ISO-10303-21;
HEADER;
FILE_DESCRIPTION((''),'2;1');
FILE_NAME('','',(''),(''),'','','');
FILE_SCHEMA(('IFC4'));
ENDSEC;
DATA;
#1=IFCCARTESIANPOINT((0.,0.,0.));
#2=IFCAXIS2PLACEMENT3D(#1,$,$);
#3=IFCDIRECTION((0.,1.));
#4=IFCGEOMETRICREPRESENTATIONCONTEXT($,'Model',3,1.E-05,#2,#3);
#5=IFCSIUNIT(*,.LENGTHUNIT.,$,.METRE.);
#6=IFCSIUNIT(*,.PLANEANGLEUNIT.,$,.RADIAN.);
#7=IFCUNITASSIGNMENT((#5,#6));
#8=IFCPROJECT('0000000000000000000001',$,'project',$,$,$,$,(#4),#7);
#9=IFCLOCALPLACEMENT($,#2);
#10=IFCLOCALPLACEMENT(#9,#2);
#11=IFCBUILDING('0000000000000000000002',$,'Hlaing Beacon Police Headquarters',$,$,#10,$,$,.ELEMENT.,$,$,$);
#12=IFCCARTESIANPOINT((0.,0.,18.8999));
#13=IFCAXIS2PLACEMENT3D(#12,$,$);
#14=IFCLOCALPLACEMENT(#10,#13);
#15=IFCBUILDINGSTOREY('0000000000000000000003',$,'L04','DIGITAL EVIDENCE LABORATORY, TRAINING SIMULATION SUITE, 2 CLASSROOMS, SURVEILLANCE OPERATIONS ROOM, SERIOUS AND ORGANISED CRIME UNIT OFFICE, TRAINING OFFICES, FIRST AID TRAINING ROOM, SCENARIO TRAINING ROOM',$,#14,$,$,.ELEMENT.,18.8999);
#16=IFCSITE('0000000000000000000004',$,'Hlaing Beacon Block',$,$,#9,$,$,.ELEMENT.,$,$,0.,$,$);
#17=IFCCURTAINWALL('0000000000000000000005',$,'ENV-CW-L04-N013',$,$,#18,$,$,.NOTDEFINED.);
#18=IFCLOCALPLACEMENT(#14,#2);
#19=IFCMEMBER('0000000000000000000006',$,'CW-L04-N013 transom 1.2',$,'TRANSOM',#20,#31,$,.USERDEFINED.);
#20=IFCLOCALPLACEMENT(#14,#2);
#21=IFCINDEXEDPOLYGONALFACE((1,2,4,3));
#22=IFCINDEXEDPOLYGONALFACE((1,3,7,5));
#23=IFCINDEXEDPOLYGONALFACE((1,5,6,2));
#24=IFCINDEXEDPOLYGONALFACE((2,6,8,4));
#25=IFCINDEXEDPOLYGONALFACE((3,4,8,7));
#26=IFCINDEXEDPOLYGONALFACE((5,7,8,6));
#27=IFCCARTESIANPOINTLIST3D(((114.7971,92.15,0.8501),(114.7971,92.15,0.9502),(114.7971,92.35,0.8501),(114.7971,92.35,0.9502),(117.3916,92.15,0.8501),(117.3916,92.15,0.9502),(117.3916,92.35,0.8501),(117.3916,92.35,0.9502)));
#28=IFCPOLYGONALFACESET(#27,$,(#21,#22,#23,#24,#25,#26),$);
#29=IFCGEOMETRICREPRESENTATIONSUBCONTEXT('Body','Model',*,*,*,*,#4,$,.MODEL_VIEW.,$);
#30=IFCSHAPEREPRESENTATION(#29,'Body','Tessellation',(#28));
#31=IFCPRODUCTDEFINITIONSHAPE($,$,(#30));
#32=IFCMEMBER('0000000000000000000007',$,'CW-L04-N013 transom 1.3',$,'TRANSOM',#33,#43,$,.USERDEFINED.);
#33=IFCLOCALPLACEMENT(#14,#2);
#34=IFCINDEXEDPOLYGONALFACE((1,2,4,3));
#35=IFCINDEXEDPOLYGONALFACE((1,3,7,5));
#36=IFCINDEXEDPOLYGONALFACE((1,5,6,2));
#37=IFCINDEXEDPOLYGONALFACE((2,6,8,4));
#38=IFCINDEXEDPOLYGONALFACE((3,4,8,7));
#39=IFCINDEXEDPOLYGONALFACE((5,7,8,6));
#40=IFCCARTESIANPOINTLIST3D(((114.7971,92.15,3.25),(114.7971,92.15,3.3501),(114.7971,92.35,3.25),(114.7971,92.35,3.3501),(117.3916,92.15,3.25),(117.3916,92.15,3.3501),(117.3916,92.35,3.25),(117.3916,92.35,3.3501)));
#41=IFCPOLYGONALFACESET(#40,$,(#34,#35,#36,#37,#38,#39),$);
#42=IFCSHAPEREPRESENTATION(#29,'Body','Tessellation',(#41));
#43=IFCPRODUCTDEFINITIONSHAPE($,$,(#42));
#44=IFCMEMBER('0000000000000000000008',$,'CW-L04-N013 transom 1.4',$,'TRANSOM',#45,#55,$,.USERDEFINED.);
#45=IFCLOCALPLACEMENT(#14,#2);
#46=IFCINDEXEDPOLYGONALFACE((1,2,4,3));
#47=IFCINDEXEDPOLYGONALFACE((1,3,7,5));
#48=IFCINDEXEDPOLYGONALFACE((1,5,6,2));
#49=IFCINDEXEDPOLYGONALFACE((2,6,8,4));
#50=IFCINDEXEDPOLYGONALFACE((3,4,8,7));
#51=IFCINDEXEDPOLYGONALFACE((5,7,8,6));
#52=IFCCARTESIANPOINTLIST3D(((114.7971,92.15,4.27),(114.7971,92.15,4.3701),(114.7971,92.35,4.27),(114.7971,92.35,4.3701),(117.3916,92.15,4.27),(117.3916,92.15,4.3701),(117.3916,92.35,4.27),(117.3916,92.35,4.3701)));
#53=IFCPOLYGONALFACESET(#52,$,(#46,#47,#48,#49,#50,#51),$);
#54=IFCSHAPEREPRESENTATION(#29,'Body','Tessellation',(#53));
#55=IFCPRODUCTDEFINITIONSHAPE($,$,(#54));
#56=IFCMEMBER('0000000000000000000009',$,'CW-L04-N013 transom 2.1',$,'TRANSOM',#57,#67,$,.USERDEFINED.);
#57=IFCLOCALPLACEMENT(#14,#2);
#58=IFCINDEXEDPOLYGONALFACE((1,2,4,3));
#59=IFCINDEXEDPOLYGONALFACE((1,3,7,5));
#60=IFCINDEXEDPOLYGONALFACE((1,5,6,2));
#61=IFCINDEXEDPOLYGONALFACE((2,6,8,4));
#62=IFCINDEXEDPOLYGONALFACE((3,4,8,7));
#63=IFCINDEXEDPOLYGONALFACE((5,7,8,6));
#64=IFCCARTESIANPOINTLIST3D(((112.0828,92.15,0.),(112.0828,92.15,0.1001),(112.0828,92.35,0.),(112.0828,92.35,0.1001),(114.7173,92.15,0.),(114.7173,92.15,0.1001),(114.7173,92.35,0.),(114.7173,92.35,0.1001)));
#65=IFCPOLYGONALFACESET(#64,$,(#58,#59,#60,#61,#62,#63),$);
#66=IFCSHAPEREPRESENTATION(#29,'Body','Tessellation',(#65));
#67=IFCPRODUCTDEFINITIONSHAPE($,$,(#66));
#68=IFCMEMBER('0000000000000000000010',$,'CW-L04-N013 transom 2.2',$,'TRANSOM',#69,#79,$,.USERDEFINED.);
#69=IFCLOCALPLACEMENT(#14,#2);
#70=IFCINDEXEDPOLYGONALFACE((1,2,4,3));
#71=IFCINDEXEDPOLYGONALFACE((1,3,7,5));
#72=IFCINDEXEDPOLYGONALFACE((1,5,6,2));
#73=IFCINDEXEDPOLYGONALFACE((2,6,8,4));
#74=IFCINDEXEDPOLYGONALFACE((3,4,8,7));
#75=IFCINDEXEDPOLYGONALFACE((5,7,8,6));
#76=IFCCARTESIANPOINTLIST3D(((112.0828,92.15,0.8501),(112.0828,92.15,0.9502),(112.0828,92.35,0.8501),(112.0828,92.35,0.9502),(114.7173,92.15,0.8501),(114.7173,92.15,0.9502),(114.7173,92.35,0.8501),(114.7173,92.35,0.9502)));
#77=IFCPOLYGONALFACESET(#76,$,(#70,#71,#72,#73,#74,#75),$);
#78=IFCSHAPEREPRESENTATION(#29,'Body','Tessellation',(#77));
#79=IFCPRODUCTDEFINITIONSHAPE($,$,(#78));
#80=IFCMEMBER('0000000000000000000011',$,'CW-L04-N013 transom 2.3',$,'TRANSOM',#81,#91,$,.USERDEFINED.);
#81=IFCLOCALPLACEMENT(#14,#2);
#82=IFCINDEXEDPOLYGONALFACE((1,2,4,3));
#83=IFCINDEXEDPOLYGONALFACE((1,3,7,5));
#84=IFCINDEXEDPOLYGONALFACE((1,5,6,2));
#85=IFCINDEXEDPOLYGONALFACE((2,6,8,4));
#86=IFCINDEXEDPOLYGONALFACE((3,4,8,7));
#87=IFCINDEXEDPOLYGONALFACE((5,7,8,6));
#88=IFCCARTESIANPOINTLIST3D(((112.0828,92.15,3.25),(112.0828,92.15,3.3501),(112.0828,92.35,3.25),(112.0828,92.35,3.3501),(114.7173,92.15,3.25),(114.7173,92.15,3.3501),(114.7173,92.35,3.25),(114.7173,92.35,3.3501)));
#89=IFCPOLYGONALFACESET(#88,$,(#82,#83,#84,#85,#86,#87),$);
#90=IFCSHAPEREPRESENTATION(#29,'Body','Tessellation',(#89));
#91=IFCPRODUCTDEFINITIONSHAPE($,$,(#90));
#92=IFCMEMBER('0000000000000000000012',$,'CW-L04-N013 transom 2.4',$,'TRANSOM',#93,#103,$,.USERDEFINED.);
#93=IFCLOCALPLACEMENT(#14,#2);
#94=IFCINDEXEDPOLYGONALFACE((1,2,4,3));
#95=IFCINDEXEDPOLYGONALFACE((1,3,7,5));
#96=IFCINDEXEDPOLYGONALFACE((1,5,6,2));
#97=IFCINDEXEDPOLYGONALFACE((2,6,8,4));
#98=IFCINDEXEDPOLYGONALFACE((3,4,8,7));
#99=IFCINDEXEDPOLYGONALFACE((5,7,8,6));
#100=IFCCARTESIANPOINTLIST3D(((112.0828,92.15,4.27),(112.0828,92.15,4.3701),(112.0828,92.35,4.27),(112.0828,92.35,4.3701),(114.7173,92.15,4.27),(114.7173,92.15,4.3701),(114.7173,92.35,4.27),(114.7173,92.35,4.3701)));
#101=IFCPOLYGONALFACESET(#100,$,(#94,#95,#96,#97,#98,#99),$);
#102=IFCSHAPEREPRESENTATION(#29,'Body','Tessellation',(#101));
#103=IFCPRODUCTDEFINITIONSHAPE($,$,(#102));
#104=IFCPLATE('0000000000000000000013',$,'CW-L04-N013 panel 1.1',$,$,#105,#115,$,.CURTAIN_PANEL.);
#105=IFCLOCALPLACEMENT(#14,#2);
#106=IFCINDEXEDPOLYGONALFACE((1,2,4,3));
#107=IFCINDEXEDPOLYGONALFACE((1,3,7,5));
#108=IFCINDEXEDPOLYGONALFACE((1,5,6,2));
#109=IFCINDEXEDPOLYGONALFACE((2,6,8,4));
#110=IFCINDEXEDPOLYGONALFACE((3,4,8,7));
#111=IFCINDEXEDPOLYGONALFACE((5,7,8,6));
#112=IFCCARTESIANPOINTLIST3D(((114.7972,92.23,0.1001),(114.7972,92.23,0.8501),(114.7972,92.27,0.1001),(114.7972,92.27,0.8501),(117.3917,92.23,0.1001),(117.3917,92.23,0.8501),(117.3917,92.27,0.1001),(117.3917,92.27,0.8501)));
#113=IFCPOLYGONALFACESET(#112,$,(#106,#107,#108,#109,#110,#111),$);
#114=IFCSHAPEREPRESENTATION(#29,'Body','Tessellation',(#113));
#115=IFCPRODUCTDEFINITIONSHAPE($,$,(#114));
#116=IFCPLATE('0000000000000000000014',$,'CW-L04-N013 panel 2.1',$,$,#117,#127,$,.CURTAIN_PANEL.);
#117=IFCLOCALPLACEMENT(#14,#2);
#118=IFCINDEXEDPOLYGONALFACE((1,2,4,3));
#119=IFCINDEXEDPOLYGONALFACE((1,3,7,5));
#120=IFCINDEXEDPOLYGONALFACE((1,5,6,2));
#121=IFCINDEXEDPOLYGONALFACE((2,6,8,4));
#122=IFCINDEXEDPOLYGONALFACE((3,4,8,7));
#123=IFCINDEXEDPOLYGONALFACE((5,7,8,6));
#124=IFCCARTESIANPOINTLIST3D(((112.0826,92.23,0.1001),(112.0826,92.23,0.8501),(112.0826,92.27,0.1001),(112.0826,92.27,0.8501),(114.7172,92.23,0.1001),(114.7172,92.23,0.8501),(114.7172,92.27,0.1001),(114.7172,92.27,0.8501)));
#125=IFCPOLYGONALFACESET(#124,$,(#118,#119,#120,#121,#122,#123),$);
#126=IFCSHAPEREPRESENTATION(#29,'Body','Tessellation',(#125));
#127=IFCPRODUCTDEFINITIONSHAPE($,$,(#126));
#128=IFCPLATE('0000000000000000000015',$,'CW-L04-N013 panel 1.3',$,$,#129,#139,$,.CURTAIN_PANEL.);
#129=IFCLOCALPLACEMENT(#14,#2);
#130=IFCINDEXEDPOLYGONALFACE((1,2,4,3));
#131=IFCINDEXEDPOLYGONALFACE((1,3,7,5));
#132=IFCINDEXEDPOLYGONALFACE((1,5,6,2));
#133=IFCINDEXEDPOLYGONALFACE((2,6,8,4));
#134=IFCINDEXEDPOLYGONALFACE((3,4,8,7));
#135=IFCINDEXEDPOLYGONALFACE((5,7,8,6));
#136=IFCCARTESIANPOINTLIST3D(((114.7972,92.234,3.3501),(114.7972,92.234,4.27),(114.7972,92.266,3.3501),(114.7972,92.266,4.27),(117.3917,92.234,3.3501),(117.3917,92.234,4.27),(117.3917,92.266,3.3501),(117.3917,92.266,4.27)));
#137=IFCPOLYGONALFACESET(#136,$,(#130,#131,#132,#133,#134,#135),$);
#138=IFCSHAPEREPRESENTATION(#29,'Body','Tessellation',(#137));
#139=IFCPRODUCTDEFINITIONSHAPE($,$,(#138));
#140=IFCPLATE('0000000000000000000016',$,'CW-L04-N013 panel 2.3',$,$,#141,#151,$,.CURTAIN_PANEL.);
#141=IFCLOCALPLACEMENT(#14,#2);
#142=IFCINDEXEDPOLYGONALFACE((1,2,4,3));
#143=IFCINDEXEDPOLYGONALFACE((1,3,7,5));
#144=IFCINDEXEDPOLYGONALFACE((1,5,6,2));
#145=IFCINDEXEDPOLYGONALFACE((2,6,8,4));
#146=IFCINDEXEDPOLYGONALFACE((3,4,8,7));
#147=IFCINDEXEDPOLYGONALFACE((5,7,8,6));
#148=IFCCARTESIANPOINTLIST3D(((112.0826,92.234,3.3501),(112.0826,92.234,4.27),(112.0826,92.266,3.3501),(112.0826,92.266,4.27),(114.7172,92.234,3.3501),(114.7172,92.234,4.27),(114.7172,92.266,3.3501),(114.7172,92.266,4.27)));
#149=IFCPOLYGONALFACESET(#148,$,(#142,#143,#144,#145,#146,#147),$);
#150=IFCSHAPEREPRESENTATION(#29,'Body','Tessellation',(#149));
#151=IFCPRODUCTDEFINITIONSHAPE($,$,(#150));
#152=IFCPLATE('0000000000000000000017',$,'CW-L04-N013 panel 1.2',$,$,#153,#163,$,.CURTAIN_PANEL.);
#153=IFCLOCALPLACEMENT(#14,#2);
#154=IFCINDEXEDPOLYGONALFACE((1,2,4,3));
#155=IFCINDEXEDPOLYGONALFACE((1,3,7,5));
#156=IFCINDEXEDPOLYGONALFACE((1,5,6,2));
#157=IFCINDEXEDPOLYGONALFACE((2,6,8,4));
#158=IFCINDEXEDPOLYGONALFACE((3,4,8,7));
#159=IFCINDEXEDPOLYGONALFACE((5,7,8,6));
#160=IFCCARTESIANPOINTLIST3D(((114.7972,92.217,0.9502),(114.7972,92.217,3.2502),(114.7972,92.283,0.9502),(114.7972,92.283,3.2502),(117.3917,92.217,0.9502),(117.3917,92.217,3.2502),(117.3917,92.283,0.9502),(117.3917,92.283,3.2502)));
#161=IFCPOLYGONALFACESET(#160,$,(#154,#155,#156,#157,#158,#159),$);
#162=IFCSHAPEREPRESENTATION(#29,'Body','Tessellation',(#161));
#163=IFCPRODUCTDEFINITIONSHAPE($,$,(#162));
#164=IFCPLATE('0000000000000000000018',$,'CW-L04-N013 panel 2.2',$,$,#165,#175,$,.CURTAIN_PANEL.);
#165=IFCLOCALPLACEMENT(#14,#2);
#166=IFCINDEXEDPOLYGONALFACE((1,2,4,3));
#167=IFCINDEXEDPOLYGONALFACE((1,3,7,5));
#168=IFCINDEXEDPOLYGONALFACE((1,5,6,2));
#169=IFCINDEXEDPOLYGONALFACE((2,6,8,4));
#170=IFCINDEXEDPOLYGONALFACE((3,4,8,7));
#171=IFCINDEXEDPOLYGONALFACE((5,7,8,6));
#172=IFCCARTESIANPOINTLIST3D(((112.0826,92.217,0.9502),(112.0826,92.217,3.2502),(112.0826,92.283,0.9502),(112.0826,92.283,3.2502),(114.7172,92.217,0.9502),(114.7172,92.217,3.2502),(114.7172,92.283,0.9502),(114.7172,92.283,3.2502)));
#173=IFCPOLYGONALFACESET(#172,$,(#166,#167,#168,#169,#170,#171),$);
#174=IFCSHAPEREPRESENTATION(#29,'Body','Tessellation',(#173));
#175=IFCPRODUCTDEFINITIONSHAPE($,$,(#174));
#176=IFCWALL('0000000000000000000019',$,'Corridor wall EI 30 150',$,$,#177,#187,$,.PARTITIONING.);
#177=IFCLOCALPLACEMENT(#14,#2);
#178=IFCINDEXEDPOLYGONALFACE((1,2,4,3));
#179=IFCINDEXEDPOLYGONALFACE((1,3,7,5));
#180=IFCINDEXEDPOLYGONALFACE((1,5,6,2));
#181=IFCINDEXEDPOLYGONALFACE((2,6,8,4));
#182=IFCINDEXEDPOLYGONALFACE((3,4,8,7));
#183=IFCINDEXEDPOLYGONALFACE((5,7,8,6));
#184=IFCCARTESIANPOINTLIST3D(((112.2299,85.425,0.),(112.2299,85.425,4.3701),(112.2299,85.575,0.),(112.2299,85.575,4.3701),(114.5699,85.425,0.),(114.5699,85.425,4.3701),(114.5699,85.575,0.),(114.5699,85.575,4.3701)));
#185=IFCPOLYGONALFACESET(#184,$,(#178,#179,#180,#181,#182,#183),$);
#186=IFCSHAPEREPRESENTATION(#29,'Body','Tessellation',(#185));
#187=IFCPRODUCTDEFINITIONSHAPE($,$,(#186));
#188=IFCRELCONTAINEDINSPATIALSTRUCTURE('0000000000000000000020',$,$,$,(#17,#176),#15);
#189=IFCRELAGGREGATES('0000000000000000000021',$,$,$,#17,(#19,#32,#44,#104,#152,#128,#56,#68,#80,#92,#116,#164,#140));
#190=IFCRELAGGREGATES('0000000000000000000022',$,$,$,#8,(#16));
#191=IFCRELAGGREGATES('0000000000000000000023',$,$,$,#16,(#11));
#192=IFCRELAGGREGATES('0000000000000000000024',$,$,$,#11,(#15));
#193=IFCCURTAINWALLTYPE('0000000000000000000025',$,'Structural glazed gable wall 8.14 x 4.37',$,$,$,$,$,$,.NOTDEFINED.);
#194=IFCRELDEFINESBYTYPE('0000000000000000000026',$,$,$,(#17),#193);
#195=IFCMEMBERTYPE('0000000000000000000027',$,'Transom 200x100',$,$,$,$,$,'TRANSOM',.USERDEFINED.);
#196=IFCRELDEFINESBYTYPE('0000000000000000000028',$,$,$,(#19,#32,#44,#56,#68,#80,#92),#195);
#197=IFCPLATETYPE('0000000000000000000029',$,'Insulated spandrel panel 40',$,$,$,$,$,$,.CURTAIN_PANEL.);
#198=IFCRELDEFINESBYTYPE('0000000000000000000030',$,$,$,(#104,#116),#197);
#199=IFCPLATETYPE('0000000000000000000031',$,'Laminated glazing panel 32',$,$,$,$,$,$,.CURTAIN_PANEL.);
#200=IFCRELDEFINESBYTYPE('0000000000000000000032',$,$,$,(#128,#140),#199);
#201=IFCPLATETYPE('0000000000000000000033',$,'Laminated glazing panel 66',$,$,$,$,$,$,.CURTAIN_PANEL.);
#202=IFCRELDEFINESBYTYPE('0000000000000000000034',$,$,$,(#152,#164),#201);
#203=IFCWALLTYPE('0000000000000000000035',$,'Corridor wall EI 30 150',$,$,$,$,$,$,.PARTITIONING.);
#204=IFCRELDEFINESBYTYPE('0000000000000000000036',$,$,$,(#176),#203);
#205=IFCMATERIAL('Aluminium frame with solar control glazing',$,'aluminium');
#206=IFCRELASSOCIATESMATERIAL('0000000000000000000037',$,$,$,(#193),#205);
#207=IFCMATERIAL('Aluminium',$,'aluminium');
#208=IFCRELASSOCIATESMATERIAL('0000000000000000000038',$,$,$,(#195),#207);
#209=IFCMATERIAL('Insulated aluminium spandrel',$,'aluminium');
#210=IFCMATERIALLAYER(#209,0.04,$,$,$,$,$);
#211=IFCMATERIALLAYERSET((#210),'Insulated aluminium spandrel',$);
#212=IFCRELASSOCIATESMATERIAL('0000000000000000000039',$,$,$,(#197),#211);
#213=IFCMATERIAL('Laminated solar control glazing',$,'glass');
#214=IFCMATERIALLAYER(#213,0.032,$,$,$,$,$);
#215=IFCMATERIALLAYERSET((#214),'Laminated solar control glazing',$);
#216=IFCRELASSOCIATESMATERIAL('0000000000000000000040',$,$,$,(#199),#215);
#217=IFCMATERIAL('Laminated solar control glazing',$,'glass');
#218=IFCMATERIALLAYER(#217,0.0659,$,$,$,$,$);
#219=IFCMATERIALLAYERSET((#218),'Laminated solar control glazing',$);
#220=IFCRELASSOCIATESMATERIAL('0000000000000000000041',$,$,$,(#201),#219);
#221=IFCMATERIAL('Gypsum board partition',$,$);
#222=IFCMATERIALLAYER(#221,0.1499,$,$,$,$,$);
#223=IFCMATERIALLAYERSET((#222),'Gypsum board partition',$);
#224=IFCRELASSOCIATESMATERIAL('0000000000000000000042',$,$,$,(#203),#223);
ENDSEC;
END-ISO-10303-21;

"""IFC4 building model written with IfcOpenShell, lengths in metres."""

from ifc_helpers import new_model, si_unit, direction, frame, frame_2d, origin, origin_2d, place, context, subcontext, project, spatial, rectangle, extrude, material, layer, layer_set, material_profile, profile_set, type_object, element, aggregate, save


model = new_model("IFC4")

# Units and contexts
model_context = context("Model", 3, precision=1e-05, world=origin(), true_north=direction((0.0, 1.0)))
body_context = subcontext(model_context, "Body", "Model", "MODEL_VIEW")
ifc_project = project(units=[si_unit("LENGTHUNIT", "METRE"), si_unit("PLANEANGLEUNIT", "RADIAN")], contexts=[model_context])

# Site, building, storey
site_placement = place(None, origin())
site = spatial("IfcSite", under=ifc_project, at=site_placement, Name="Hlaing Beacon Block", CompositionType="ELEMENT", RefElevation=0.0)
building_placement = place(site_placement, origin())
building = spatial("IfcBuilding", under=site, at=building_placement, Name="Hlaing Beacon Police Headquarters", CompositionType="ELEMENT")
storey_placement = place(building_placement, frame((0.0, 0.0, 18.8999)))
storey = spatial("IfcBuildingStorey", under=building, at=storey_placement, Name="L04", Description="DIGITAL EVIDENCE LABORATORY, TRAINING SIMULATION SUITE, 2 CLASSROOMS, SURVEILLANCE OPERATIONS ROOM, SERIOUS AND ORGANISED CRIME UNIT OFFICE, TRAINING OFFICES, FIRST AID TRAINING ROOM, SCENARIO TRAINING ROOM", CompositionType="ELEMENT", Elevation=18.8999)

# Shared definitions
ifc_material_1 = material(Name="Aluminium frame with solar control glazing", Category="aluminium")
curtain_wall_type = type_object("IfcCurtainWallType", Name="Structural glazed gable wall 8.14 x 4.37", PredefinedType="NOTDEFINED", material=ifc_material_1)

# Curtain wall, members, plates
curtain_wall_1_placement = place(storey_placement, origin())
curtain_wall_1 = element("IfcCurtainWall", 1, at=curtain_wall_1_placement, inside=storey, type_object=curtain_wall_type, Name="ENV-CW-L04-N013", PredefinedType="NOTDEFINED")
ifc_material_2 = material(Name="Aluminium", Category="aluminium")
ifc_material_profile_1 = material_profile(ifc_material_2, rectangle(XDim=0.2, YDim=0.1001, at=origin_2d()), Name="Transom 200x100")
ifc_profile_set_1 = profile_set([ifc_material_profile_1], Name="Aluminium")
member_type_1 = type_object("IfcMemberType", Name="Transom 200x100", ElementType="TRANSOM", PredefinedType="USERDEFINED", material=ifc_profile_set_1)
member_1_placement = place(storey_placement, frame((117.3916, 92.25, 0.9001), z_axis=(-1.0, 0.0, 0.0), x_axis=(0.0, -1.0, 0.0)))
member_1 = element("IfcMember", 2, at=member_1_placement, type_object=member_type_1, Name="CW-L04-N013 transom 1.2", ObjectType="TRANSOM", PredefinedType="USERDEFINED", context=body_context, shape_type="SweptSolid", body=[
    extrude(rectangle(XDim=0.2, YDim=0.1001, at=origin_2d()), origin(), (0.0, 0.0, 1.0), 2.5945),
])
member_2_placement = place(storey_placement, frame((117.3916, 92.25, 3.3), z_axis=(-1.0, 0.0, 0.0), x_axis=(0.0, -1.0, 0.0)))
member_2 = element("IfcMember", 3, at=member_2_placement, type_object=member_type_1, Name="CW-L04-N013 transom 1.3", ObjectType="TRANSOM", PredefinedType="USERDEFINED", context=body_context, shape_type="SweptSolid", body=[
    extrude(rectangle(XDim=0.2, YDim=0.1001, at=origin_2d()), origin(), (0.0, 0.0, 1.0), 2.5945),
])
member_3_placement = place(storey_placement, frame((117.3916, 92.25, 4.3201), z_axis=(-1.0, 0.0, 0.0), x_axis=(0.0, -1.0, 0.0)))
member_3 = element("IfcMember", 4, at=member_3_placement, type_object=member_type_1, Name="CW-L04-N013 transom 1.4", ObjectType="TRANSOM", PredefinedType="USERDEFINED", context=body_context, shape_type="SweptSolid", body=[
    extrude(rectangle(XDim=0.2, YDim=0.1001, at=origin_2d()), origin(), (0.0, 0.0, 1.0), 2.5945),
])
member_4_placement = place(storey_placement, frame((114.7173, 92.25, 0.05), z_axis=(-1.0, 0.0, 0.0), x_axis=(0.0, -1.0, 0.0)))
member_4 = element("IfcMember", 5, at=member_4_placement, type_object=member_type_1, Name="CW-L04-N013 transom 2.1", ObjectType="TRANSOM", PredefinedType="USERDEFINED", context=body_context, shape_type="SweptSolid", body=[
    extrude(rectangle(XDim=0.2, YDim=0.1001, at=origin_2d()), origin(), (0.0, 0.0, 1.0), 2.6345),
])
member_5_placement = place(storey_placement, frame((114.7173, 92.25, 0.9001), z_axis=(-1.0, 0.0, 0.0), x_axis=(0.0, -1.0, 0.0)))
member_5 = element("IfcMember", 6, at=member_5_placement, type_object=member_type_1, Name="CW-L04-N013 transom 2.2", ObjectType="TRANSOM", PredefinedType="USERDEFINED", context=body_context, shape_type="SweptSolid", body=[
    extrude(rectangle(XDim=0.2, YDim=0.1001, at=origin_2d()), origin(), (0.0, 0.0, 1.0), 2.6345),
])
member_6_placement = place(storey_placement, frame((114.7173, 92.25, 3.3), z_axis=(-1.0, 0.0, 0.0), x_axis=(0.0, -1.0, 0.0)))
member_6 = element("IfcMember", 7, at=member_6_placement, type_object=member_type_1, Name="CW-L04-N013 transom 2.3", ObjectType="TRANSOM", PredefinedType="USERDEFINED", context=body_context, shape_type="SweptSolid", body=[
    extrude(rectangle(XDim=0.2, YDim=0.1001, at=origin_2d()), origin(), (0.0, 0.0, 1.0), 2.6345),
])
member_7_placement = place(storey_placement, frame((114.7173, 92.25, 4.3201), z_axis=(-1.0, 0.0, 0.0), x_axis=(0.0, -1.0, 0.0)))
member_7 = element("IfcMember", 8, at=member_7_placement, type_object=member_type_1, Name="CW-L04-N013 transom 2.4", ObjectType="TRANSOM", PredefinedType="USERDEFINED", context=body_context, shape_type="SweptSolid", body=[
    extrude(rectangle(XDim=0.2, YDim=0.1001, at=origin_2d()), origin(), (0.0, 0.0, 1.0), 2.6345),
])
ifc_material_3 = material(Name="Insulated aluminium spandrel", Category="aluminium")
ifc_layer_1 = layer(ifc_material_3, 0.04)
ifc_layer_set_1 = layer_set([ifc_layer_1], Name="Insulated aluminium spandrel")
plate_type_1 = type_object("IfcPlateType", Name="Insulated spandrel panel 40", PredefinedType="CURTAIN_PANEL", material=ifc_layer_set_1)
plate_1_placement = place(storey_placement, frame((116.0945, 92.25, 0.1001), z_axis=(0.0, 0.0, 1.0), x_axis=(-1.0, 0.0, 0.0)))
plate_1 = element("IfcPlate", 9, at=plate_1_placement, type_object=plate_type_1, Name="CW-L04-N013 panel 1.1", PredefinedType="CURTAIN_PANEL", context=body_context, shape_type="SweptSolid", body=[
    extrude(rectangle(XDim=2.5945, YDim=0.04, at=origin_2d()), origin(), (0.0, 0.0, 1.0), 0.75),
])
plate_2_placement = place(storey_placement, frame((113.3999, 92.25, 0.1001), z_axis=(0.0, 0.0, 1.0), x_axis=(-1.0, 0.0, 0.0)))
plate_2 = element("IfcPlate", 10, at=plate_2_placement, type_object=plate_type_1, Name="CW-L04-N013 panel 2.1", PredefinedType="CURTAIN_PANEL", context=body_context, shape_type="SweptSolid", body=[
    extrude(rectangle(XDim=2.6345, YDim=0.04, at=origin_2d()), origin(), (0.0, 0.0, 1.0), 0.75),
])
ifc_material_4 = material(Name="Laminated solar control glazing", Category="glass")
ifc_layer_2 = layer(ifc_material_4, 0.032)
ifc_layer_set_2 = layer_set([ifc_layer_2], Name="Laminated solar control glazing")
plate_type_2 = type_object("IfcPlateType", Name="Laminated glazing panel 32", PredefinedType="CURTAIN_PANEL", material=ifc_layer_set_2)
plate_3_placement = place(storey_placement, frame((116.0945, 92.25, 3.3501), z_axis=(0.0, 0.0, 1.0), x_axis=(-1.0, 0.0, 0.0)))
plate_3 = element("IfcPlate", 11, at=plate_3_placement, type_object=plate_type_2, Name="CW-L04-N013 panel 1.3", PredefinedType="CURTAIN_PANEL", context=body_context, shape_type="SweptSolid", body=[
    extrude(rectangle(XDim=2.5945, YDim=0.032, at=origin_2d()), origin(), (0.0, 0.0, 1.0), 0.9199),
])
plate_4_placement = place(storey_placement, frame((113.3999, 92.25, 3.3501), z_axis=(0.0, 0.0, 1.0), x_axis=(-1.0, 0.0, 0.0)))
plate_4 = element("IfcPlate", 12, at=plate_4_placement, type_object=plate_type_2, Name="CW-L04-N013 panel 2.3", PredefinedType="CURTAIN_PANEL", context=body_context, shape_type="SweptSolid", body=[
    extrude(rectangle(XDim=2.6345, YDim=0.032, at=origin_2d()), origin(), (0.0, 0.0, 1.0), 0.9199),
])
ifc_material_5 = material(Name="Laminated solar control glazing", Category="glass")
ifc_layer_3 = layer(ifc_material_5, 0.0659)
ifc_layer_set_3 = layer_set([ifc_layer_3], Name="Laminated solar control glazing")
plate_type_3 = type_object("IfcPlateType", Name="Laminated glazing panel 66", PredefinedType="CURTAIN_PANEL", material=ifc_layer_set_3)
plate_5_placement = place(storey_placement, frame((116.0945, 92.25, 0.9502), z_axis=(0.0, 0.0, 1.0), x_axis=(-1.0, 0.0, 0.0)))
plate_5 = element("IfcPlate", 13, at=plate_5_placement, type_object=plate_type_3, Name="CW-L04-N013 panel 1.2", PredefinedType="CURTAIN_PANEL", context=body_context, shape_type="SweptSolid", body=[
    extrude(rectangle(XDim=2.5945, YDim=0.0659, at=origin_2d()), origin(), (0.0, 0.0, 1.0), 2.3),
])
plate_6_placement = place(storey_placement, frame((113.3999, 92.25, 0.9502), z_axis=(0.0, 0.0, 1.0), x_axis=(-1.0, 0.0, 0.0)))
plate_6 = element("IfcPlate", 14, at=plate_6_placement, type_object=plate_type_3, Name="CW-L04-N013 panel 2.2", PredefinedType="CURTAIN_PANEL", context=body_context, shape_type="SweptSolid", body=[
    extrude(rectangle(XDim=2.6345, YDim=0.0659, at=origin_2d()), origin(), (0.0, 0.0, 1.0), 2.3),
])
aggregate(curtain_wall_1, [member_1, member_2, member_3, plate_1, plate_5, plate_3, member_4, member_5, member_6, member_7, plate_2, plate_6, plate_4])

# Wall
ifc_material_6 = material(Name="Gypsum board partition")
ifc_layer_4 = layer(ifc_material_6, 0.1499)
ifc_layer_set_4 = layer_set([ifc_layer_4], Name="Gypsum board partition")
wall_type_1 = type_object("IfcWallType", Name="Corridor wall EI 30 150", PredefinedType="PARTITIONING", material=ifc_layer_set_4)
wall_1_placement = place(storey_placement, frame((112.23, 85.5, 0.0), z_axis=(0.0, 0.0, 1.0), x_axis=(1.0, 0.0, 0.0)))
element("IfcWall", 15, at=wall_1_placement, inside=storey, type_object=wall_type_1, Name="Corridor wall EI 30 150", PredefinedType="PARTITIONING", context=body_context, shape_type="SweptSolid", body=[
    extrude(rectangle(XDim=2.3401, YDim=0.1499, at=frame_2d((1.1699, 0.0))), origin(), (0.0, 0.0, 1.0), 4.3701),
])

save(model, "model.ifc")
